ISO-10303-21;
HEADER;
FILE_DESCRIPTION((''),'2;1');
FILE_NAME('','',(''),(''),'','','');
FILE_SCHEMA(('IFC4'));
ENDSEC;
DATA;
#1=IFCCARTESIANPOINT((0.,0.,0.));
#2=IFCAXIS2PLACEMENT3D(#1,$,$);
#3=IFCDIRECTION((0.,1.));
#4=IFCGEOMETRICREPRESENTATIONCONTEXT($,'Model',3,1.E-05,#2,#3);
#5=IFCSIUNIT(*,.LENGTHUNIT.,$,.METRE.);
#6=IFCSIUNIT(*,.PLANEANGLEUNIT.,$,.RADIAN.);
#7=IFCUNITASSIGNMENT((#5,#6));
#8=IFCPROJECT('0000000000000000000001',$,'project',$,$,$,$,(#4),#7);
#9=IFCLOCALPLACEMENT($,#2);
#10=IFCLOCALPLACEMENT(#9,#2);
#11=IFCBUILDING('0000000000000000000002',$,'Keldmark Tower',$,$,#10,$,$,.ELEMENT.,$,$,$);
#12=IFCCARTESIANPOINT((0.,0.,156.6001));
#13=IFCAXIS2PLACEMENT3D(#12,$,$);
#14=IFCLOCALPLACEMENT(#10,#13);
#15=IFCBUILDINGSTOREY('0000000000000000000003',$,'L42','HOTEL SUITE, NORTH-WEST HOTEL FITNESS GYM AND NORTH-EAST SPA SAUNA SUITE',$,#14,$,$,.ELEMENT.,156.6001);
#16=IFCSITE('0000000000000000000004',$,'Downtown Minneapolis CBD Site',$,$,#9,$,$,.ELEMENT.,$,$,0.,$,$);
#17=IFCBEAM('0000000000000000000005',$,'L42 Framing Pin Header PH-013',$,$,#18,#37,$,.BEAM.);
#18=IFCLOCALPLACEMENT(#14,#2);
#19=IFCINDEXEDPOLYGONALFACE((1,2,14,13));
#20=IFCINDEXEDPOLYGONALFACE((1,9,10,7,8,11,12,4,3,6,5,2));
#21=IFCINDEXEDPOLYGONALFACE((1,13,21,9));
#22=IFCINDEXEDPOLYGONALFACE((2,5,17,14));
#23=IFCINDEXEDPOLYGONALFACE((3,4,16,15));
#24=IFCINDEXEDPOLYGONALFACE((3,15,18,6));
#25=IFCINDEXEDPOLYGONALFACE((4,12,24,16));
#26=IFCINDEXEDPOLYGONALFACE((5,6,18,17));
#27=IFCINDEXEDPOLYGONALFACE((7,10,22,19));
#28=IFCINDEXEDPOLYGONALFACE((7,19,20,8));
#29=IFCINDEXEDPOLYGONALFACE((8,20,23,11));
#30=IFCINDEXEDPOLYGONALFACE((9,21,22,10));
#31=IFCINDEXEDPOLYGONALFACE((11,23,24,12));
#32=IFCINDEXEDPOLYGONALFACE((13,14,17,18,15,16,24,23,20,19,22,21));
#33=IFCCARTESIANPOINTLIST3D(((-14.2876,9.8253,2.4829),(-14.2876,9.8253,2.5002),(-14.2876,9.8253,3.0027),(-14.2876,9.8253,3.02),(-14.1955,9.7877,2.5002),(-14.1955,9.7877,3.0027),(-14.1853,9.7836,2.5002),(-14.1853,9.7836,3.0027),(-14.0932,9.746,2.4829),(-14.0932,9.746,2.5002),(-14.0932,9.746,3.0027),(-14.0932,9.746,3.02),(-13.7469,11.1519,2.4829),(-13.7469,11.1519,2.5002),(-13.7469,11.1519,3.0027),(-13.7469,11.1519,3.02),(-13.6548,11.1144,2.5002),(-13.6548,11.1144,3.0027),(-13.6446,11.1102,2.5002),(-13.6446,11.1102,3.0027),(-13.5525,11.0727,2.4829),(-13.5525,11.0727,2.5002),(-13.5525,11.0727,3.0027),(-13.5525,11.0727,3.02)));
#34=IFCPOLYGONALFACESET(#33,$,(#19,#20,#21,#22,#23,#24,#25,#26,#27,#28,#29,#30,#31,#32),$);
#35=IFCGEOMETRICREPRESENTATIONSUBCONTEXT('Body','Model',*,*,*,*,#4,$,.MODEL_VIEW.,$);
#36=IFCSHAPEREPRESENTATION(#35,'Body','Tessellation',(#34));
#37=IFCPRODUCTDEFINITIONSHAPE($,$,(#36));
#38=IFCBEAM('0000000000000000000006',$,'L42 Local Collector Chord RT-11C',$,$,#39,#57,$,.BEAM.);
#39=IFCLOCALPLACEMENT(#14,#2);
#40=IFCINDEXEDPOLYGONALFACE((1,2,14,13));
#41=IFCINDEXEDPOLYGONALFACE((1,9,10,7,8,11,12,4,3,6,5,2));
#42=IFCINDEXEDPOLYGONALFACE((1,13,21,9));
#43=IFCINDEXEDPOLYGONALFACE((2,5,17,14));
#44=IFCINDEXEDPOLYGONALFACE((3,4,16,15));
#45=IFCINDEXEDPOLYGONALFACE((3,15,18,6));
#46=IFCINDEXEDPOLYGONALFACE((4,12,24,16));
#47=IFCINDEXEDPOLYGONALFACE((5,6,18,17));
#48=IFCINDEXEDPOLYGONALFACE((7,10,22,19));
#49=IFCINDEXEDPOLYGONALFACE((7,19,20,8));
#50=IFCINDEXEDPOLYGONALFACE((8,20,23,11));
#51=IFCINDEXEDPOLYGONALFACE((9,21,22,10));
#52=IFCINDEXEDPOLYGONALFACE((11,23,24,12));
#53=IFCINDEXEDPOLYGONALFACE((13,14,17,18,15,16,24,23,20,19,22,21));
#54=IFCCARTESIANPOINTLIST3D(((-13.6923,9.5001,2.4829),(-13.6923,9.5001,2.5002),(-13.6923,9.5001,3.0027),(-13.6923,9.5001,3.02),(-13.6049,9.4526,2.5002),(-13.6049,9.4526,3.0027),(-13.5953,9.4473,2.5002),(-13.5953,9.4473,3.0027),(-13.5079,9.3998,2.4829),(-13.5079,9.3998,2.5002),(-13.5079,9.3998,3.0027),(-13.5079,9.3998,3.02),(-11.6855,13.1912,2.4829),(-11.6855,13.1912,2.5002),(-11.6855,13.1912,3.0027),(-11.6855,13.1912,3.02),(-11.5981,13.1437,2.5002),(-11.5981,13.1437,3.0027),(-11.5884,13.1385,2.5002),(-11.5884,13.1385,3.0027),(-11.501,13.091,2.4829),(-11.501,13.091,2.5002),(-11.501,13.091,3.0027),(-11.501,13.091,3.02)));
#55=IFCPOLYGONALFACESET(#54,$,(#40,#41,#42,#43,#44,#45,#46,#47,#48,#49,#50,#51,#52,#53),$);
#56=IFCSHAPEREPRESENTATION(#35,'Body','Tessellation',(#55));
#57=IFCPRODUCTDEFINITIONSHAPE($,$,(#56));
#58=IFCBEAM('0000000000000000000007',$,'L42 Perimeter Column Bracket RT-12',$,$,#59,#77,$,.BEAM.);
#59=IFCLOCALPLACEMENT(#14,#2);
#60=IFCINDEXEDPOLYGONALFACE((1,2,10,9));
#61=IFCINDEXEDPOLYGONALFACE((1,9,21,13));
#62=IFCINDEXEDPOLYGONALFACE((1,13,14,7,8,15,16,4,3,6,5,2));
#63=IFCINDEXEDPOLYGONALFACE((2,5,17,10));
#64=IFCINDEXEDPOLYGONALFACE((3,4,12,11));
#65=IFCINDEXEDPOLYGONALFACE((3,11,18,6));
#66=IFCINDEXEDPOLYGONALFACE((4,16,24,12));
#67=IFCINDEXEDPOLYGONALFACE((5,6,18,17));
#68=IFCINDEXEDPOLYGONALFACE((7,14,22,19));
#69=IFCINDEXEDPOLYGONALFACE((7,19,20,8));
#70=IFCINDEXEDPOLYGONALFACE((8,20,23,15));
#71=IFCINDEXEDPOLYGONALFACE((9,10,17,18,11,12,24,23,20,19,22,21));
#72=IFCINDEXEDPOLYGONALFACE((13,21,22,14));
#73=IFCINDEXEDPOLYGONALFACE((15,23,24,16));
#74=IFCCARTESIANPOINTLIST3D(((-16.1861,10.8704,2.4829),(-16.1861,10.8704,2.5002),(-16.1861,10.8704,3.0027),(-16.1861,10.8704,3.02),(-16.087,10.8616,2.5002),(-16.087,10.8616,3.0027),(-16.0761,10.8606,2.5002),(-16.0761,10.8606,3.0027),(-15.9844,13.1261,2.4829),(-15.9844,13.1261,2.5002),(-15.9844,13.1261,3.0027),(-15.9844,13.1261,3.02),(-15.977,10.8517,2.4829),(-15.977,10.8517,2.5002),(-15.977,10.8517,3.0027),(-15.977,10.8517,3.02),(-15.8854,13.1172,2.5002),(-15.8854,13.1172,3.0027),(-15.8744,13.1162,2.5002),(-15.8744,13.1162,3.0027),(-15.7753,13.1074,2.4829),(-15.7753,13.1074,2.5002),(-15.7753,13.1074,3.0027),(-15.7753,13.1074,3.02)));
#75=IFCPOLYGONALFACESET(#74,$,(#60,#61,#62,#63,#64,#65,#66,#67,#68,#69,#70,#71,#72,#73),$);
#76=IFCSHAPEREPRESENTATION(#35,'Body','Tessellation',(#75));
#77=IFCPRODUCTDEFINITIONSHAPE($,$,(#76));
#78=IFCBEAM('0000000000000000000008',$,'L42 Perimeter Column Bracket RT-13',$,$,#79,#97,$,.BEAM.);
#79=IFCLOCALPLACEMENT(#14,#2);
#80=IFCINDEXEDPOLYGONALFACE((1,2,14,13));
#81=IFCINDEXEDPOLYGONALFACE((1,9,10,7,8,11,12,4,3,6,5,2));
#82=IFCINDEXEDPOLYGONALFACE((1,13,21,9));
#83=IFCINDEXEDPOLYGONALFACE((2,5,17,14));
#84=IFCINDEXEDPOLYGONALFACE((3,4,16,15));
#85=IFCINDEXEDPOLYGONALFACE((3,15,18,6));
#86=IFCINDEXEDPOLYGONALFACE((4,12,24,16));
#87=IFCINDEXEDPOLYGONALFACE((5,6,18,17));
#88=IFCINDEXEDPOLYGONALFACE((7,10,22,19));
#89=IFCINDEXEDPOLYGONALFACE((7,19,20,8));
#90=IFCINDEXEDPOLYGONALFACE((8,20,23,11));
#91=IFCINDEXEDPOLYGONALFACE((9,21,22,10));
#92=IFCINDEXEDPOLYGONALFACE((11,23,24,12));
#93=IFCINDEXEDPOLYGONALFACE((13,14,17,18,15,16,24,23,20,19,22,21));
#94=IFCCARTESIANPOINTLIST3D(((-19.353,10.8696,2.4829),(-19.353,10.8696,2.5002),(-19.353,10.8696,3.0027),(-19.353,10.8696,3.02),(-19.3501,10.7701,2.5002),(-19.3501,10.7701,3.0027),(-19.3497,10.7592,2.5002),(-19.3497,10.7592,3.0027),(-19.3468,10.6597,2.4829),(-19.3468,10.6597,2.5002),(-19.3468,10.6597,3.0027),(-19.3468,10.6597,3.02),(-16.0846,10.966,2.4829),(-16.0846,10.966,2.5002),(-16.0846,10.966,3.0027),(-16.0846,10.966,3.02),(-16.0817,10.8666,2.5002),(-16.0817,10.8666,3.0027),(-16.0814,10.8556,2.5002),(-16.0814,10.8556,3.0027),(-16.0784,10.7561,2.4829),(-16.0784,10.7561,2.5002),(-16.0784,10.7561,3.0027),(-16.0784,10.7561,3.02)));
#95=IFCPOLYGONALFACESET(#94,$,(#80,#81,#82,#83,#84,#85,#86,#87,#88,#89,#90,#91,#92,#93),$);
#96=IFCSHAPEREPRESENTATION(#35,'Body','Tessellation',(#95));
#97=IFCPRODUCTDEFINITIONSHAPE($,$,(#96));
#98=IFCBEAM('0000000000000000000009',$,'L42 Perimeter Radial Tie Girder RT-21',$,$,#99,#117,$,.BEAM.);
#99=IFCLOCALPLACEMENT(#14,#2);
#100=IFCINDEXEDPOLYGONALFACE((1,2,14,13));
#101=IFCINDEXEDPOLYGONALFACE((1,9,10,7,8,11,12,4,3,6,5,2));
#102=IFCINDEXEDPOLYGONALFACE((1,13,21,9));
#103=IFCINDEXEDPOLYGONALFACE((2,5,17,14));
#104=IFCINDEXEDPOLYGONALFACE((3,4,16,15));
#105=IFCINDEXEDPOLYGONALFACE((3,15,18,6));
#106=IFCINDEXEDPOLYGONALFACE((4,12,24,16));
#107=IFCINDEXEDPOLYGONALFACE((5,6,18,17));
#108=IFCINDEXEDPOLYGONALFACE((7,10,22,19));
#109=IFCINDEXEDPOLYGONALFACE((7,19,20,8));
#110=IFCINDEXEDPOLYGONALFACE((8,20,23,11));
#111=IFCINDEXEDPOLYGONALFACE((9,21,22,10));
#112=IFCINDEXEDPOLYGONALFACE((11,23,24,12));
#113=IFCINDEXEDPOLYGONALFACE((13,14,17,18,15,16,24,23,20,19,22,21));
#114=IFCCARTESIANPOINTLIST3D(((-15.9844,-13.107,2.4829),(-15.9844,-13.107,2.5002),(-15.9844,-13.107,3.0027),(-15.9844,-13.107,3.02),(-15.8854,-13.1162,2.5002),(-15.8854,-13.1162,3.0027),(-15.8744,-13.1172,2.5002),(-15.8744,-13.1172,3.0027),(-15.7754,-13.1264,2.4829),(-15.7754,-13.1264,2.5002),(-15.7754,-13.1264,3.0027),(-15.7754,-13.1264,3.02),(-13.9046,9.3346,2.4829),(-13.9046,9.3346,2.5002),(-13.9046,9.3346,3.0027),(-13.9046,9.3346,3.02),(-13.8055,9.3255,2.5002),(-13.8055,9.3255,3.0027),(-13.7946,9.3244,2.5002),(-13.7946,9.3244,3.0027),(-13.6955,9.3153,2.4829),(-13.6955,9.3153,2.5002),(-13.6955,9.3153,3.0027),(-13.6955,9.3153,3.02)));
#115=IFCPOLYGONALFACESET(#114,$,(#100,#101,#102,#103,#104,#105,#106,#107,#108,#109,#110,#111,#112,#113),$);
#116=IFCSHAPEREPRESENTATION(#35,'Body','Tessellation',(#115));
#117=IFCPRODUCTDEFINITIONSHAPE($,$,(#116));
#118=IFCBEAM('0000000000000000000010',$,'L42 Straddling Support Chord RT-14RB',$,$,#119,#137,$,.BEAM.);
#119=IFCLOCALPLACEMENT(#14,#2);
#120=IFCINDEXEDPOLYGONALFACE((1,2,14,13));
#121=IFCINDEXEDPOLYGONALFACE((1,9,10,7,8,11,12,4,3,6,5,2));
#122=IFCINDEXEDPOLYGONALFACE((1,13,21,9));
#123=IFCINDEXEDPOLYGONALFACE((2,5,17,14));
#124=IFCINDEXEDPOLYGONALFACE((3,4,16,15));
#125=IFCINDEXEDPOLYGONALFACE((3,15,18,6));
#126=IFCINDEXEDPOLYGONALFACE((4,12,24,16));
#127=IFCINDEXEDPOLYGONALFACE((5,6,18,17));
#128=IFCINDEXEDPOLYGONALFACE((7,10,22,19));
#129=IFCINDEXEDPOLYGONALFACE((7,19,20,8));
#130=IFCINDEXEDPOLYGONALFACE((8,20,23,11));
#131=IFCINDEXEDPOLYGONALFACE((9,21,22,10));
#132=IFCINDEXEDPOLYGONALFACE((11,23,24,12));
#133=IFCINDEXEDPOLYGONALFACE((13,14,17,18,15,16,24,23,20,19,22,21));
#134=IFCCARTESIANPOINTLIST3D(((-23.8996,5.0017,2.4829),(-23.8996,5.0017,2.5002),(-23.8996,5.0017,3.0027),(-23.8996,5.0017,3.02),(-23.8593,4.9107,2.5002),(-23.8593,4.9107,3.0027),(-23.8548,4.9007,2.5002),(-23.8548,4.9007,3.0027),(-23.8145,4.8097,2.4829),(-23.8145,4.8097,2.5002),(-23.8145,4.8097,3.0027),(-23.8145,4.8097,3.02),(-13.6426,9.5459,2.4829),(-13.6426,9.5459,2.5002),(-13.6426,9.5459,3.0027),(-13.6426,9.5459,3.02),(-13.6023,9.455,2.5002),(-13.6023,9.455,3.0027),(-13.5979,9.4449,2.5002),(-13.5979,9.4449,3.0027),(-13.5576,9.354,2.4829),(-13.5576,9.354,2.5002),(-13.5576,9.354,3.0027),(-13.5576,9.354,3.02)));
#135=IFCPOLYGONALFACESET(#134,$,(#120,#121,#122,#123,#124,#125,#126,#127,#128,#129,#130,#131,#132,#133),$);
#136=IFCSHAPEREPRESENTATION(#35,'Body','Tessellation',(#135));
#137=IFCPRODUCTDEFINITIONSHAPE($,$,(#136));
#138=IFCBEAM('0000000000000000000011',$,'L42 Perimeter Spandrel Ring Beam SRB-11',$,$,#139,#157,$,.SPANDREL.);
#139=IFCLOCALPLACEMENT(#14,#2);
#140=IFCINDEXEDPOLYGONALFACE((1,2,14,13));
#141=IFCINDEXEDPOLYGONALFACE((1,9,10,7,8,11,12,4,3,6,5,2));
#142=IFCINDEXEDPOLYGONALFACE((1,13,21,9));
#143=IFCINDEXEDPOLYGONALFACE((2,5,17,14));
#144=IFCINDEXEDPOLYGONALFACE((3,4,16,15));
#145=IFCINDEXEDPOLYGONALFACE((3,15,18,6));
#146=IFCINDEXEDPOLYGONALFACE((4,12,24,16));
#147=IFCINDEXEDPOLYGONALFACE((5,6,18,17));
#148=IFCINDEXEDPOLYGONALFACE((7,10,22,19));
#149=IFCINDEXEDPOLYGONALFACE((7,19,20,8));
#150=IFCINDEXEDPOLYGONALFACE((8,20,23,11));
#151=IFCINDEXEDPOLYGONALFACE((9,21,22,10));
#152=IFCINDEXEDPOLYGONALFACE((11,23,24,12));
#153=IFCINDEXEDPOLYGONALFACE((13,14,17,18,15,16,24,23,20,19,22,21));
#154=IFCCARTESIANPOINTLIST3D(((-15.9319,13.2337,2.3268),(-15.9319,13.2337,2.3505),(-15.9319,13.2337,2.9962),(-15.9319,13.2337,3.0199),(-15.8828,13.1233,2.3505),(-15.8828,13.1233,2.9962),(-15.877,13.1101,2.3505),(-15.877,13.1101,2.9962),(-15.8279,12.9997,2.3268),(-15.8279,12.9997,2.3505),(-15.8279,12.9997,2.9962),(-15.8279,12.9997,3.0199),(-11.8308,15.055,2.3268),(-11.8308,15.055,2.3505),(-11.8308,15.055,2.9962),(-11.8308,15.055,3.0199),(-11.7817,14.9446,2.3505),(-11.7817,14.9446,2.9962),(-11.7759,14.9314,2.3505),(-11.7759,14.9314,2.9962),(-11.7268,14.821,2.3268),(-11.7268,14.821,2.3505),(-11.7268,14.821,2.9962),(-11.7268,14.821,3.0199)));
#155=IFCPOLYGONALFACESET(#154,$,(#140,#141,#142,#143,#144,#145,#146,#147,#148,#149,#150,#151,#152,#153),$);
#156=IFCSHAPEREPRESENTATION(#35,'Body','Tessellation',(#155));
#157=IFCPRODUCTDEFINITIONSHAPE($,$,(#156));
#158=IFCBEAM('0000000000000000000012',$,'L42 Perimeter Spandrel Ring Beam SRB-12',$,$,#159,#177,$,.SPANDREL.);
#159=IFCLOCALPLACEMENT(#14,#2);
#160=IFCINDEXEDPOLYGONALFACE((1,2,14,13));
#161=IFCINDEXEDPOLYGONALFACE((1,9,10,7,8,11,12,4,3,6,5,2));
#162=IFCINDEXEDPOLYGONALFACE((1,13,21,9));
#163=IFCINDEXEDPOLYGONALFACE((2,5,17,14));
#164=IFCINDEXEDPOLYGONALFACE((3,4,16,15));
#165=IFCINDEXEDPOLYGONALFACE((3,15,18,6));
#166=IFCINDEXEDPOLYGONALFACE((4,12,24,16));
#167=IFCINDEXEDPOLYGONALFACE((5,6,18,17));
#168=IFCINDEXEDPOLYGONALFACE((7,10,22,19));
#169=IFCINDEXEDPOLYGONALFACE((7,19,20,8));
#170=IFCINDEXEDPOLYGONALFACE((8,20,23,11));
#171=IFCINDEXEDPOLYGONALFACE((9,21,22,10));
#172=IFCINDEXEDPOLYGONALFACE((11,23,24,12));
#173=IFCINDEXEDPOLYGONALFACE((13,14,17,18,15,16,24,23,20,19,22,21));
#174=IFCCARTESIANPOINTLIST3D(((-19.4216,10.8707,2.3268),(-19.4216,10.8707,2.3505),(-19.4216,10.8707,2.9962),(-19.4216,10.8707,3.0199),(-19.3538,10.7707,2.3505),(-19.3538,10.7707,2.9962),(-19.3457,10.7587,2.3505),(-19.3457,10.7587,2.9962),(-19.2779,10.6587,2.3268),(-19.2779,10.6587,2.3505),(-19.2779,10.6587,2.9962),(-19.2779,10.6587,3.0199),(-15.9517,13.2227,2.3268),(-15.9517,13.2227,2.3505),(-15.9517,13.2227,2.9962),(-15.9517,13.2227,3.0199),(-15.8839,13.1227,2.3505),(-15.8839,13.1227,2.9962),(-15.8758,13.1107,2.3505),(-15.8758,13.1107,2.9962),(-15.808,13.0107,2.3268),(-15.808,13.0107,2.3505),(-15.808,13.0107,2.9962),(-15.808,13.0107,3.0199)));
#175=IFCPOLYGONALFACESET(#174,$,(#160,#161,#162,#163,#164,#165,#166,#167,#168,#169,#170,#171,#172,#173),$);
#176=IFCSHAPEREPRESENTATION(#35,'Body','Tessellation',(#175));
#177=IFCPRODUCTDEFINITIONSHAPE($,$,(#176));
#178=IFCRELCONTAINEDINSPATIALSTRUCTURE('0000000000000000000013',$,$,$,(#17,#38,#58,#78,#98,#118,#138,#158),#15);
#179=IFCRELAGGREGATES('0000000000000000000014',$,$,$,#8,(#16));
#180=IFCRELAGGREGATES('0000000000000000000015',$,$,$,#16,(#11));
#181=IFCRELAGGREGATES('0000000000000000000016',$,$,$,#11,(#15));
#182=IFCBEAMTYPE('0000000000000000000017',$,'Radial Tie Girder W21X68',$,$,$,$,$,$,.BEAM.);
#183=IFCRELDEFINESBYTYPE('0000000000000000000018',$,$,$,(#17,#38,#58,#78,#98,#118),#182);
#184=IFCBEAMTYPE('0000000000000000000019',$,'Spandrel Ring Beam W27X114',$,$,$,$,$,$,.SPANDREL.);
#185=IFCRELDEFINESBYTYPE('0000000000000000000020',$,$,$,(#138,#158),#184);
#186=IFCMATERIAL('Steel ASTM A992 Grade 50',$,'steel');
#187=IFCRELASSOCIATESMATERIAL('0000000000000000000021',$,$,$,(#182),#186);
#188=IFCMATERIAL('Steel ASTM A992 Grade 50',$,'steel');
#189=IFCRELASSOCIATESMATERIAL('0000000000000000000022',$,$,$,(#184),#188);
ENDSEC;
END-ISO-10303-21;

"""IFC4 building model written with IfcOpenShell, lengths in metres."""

from ifc_helpers import new_model, si_unit, direction, frame, origin, origin_2d, place, context, subcontext, project, spatial, i_section, extrude, material, material_profile, profile_set, type_object, element, save


model = new_model("IFC4")

# Units and contexts
model_context = context("Model", 3, precision=1e-05, world=origin(), true_north=direction((0.0, 1.0)))
body_context = subcontext(model_context, "Body", "Model", "MODEL_VIEW")
ifc_project = project(units=[si_unit("LENGTHUNIT", "METRE"), si_unit("PLANEANGLEUNIT", "RADIAN")], contexts=[model_context])

# Site, building, storey
site_placement = place(None, origin())
site = spatial("IfcSite", under=ifc_project, at=site_placement, Name="Downtown Minneapolis CBD Site", CompositionType="ELEMENT", RefElevation=0.0)
building_placement = place(site_placement, origin())
building = spatial("IfcBuilding", under=site, at=building_placement, Name="Keldmark Tower", CompositionType="ELEMENT")
storey_placement = place(building_placement, frame((0.0, 0.0, 156.6001)))
storey = spatial("IfcBuildingStorey", under=building, at=storey_placement, Name="L42", Description="HOTEL SUITE, NORTH-WEST HOTEL FITNESS GYM AND NORTH-EAST SPA SAUNA SUITE", CompositionType="ELEMENT", Elevation=156.6001)

# Beams
ifc_material_1 = material(Name="Steel ASTM A992 Grade 50", Category="steel")
ifc_material_profile_1 = material_profile(ifc_material_1, i_section(OverallWidth=0.21, OverallDepth=0.5371, WebThickness=0.011, FlangeThickness=0.0173, at=origin_2d()), Name="W21X68")
ifc_profile_set_1 = profile_set([ifc_material_profile_1], Name="Steel ASTM A992 Grade 50")
beam_type_1 = type_object("IfcBeamType", Name="Radial Tie Girder W21X68", PredefinedType="BEAM", material=ifc_profile_set_1)
beam_1_placement = place(storey_placement, frame((-14.1904, 9.7856, 2.7515), z_axis=(0.377465, 0.926024, 0.0), x_axis=(-0.926024, 0.377465, 0.0)))
element("IfcBeam", 1, at=beam_1_placement, inside=storey, type_object=beam_type_1, Name="L42 Framing Pin Header PH-013", PredefinedType="BEAM", context=body_context, shape_type="SweptSolid", body=[
    extrude(i_section(OverallWidth=0.21, OverallDepth=0.5371, WebThickness=0.011, FlangeThickness=0.0173, at=origin_2d()), origin(), (0.0, 0.0, 1.0), 1.4326),
])
beam_2_placement = place(storey_placement, frame((-13.6001, 9.45, 2.7515), z_axis=(0.477655, 0.878548, 0.0), x_axis=(-0.878548, 0.477655, 0.0)))
element("IfcBeam", 2, at=beam_2_placement, inside=storey, type_object=beam_type_1, Name="L42 Local Collector Chord RT-11C", PredefinedType="BEAM", context=body_context, shape_type="SweptSolid", body=[
    extrude(i_section(OverallWidth=0.21, OverallDepth=0.5371, WebThickness=0.011, FlangeThickness=0.0173, at=origin_2d()), origin(), (0.0, 0.0, 1.0), 4.2014),
])
beam_3_placement = place(storey_placement, frame((-16.0815, 10.8611, 2.7515), z_axis=(0.089048, 0.996027, 0.0), x_axis=(-0.996027, 0.089048, 0.0)))
element("IfcBeam", 3, at=beam_3_placement, inside=storey, type_object=beam_type_1, Name="L42 Perimeter Column Bracket RT-12", PredefinedType="BEAM", context=body_context, shape_type="SweptSolid", body=[
    extrude(i_section(OverallWidth=0.21, OverallDepth=0.5371, WebThickness=0.011, FlangeThickness=0.0173, at=origin_2d()), origin(), (0.0, 0.0, 1.0), 2.2646),
])
beam_4_placement = place(storey_placement, frame((-16.0815, 10.8611, 2.7515), z_axis=(-0.999565, -0.029493, 0.0), x_axis=(0.029493, -0.999565, 0.0)))
element("IfcBeam", 4, at=beam_4_placement, inside=storey, type_object=beam_type_1, Name="L42 Perimeter Column Bracket RT-13", PredefinedType="BEAM", context=body_context, shape_type="SweptSolid", body=[
    extrude(i_section(OverallWidth=0.21, OverallDepth=0.5371, WebThickness=0.011, FlangeThickness=0.0173, at=origin_2d()), origin(), (0.0, 0.0, 1.0), 3.2698),
])
beam_5_placement = place(storey_placement, frame((-13.8, 9.325, 2.7515), z_axis=(-0.092282, -0.995733, 0.0), x_axis=(0.995733, -0.092282, 0.0)))
element("IfcBeam", 5, at=beam_5_placement, inside=storey, type_object=beam_type_1, Name="L42 Perimeter Radial Tie Girder RT-21", PredefinedType="BEAM", context=body_context, shape_type="SweptSolid", body=[
    extrude(i_section(OverallWidth=0.21, OverallDepth=0.5371, WebThickness=0.011, FlangeThickness=0.0173, at=origin_2d()), origin(), (0.0, 0.0, 1.0), 22.5378),
])
beam_6_placement = place(storey_placement, frame((-13.6001, 9.45, 2.7515), z_axis=(-0.914287, -0.405066, 0.0), x_axis=(0.405066, -0.914287, 0.0)))
element("IfcBeam", 6, at=beam_6_placement, inside=storey, type_object=beam_type_1, Name="L42 Straddling Support Chord RT-14RB", PredefinedType="BEAM", context=body_context, shape_type="SweptSolid", body=[
    extrude(i_section(OverallWidth=0.21, OverallDepth=0.5371, WebThickness=0.011, FlangeThickness=0.0173, at=origin_2d()), origin(), (0.0, 0.0, 1.0), 11.2185),
])
ifc_material_2 = material(Name="Steel ASTM A992 Grade 50", Category="steel")
ifc_material_profile_2 = material_profile(ifc_material_2, i_section(OverallWidth=0.2561, OverallDepth=0.6931, WebThickness=0.0144, FlangeThickness=0.0237, at=origin_2d()), Name="W27X114")
ifc_profile_set_2 = profile_set([ifc_material_profile_2], Name="Steel ASTM A992 Grade 50")
beam_type_2 = type_object("IfcBeamType", Name="Spandrel Ring Beam W27X114", PredefinedType="SPANDREL", material=ifc_profile_set_2)
beam_7_placement = place(storey_placement, frame((-11.7788, 14.938, 2.6733), z_axis=(-0.913928, -0.405876, 0.0), x_axis=(0.405876, -0.913928, 0.0)))
element("IfcBeam", 7, at=beam_7_placement, inside=storey, type_object=beam_type_2, Name="L42 Perimeter Spandrel Ring Beam SRB-11", PredefinedType="SPANDREL", context=body_context, shape_type="SweptSolid", body=[
    extrude(i_section(OverallWidth=0.2561, OverallDepth=0.6931, WebThickness=0.0144, FlangeThickness=0.0237, at=origin_2d()), origin(), (0.0, 0.0, 1.0), 4.4873),
])
beam_8_placement = place(storey_placement, frame((-15.8799, 13.1167, 2.6733), z_axis=(-0.827761, -0.561081, 0.0), x_axis=(0.561081, -0.827761, 0.0)))
element("IfcBeam", 8, at=beam_8_placement, inside=storey, type_object=beam_type_2, Name="L42 Perimeter Spandrel Ring Beam SRB-12", PredefinedType="SPANDREL", context=body_context, shape_type="SweptSolid", body=[
    extrude(i_section(OverallWidth=0.2561, OverallDepth=0.6931, WebThickness=0.0144, FlangeThickness=0.0237, at=origin_2d()), origin(), (0.0, 0.0, 1.0), 4.1919),
])

save(model, "model.ifc")
